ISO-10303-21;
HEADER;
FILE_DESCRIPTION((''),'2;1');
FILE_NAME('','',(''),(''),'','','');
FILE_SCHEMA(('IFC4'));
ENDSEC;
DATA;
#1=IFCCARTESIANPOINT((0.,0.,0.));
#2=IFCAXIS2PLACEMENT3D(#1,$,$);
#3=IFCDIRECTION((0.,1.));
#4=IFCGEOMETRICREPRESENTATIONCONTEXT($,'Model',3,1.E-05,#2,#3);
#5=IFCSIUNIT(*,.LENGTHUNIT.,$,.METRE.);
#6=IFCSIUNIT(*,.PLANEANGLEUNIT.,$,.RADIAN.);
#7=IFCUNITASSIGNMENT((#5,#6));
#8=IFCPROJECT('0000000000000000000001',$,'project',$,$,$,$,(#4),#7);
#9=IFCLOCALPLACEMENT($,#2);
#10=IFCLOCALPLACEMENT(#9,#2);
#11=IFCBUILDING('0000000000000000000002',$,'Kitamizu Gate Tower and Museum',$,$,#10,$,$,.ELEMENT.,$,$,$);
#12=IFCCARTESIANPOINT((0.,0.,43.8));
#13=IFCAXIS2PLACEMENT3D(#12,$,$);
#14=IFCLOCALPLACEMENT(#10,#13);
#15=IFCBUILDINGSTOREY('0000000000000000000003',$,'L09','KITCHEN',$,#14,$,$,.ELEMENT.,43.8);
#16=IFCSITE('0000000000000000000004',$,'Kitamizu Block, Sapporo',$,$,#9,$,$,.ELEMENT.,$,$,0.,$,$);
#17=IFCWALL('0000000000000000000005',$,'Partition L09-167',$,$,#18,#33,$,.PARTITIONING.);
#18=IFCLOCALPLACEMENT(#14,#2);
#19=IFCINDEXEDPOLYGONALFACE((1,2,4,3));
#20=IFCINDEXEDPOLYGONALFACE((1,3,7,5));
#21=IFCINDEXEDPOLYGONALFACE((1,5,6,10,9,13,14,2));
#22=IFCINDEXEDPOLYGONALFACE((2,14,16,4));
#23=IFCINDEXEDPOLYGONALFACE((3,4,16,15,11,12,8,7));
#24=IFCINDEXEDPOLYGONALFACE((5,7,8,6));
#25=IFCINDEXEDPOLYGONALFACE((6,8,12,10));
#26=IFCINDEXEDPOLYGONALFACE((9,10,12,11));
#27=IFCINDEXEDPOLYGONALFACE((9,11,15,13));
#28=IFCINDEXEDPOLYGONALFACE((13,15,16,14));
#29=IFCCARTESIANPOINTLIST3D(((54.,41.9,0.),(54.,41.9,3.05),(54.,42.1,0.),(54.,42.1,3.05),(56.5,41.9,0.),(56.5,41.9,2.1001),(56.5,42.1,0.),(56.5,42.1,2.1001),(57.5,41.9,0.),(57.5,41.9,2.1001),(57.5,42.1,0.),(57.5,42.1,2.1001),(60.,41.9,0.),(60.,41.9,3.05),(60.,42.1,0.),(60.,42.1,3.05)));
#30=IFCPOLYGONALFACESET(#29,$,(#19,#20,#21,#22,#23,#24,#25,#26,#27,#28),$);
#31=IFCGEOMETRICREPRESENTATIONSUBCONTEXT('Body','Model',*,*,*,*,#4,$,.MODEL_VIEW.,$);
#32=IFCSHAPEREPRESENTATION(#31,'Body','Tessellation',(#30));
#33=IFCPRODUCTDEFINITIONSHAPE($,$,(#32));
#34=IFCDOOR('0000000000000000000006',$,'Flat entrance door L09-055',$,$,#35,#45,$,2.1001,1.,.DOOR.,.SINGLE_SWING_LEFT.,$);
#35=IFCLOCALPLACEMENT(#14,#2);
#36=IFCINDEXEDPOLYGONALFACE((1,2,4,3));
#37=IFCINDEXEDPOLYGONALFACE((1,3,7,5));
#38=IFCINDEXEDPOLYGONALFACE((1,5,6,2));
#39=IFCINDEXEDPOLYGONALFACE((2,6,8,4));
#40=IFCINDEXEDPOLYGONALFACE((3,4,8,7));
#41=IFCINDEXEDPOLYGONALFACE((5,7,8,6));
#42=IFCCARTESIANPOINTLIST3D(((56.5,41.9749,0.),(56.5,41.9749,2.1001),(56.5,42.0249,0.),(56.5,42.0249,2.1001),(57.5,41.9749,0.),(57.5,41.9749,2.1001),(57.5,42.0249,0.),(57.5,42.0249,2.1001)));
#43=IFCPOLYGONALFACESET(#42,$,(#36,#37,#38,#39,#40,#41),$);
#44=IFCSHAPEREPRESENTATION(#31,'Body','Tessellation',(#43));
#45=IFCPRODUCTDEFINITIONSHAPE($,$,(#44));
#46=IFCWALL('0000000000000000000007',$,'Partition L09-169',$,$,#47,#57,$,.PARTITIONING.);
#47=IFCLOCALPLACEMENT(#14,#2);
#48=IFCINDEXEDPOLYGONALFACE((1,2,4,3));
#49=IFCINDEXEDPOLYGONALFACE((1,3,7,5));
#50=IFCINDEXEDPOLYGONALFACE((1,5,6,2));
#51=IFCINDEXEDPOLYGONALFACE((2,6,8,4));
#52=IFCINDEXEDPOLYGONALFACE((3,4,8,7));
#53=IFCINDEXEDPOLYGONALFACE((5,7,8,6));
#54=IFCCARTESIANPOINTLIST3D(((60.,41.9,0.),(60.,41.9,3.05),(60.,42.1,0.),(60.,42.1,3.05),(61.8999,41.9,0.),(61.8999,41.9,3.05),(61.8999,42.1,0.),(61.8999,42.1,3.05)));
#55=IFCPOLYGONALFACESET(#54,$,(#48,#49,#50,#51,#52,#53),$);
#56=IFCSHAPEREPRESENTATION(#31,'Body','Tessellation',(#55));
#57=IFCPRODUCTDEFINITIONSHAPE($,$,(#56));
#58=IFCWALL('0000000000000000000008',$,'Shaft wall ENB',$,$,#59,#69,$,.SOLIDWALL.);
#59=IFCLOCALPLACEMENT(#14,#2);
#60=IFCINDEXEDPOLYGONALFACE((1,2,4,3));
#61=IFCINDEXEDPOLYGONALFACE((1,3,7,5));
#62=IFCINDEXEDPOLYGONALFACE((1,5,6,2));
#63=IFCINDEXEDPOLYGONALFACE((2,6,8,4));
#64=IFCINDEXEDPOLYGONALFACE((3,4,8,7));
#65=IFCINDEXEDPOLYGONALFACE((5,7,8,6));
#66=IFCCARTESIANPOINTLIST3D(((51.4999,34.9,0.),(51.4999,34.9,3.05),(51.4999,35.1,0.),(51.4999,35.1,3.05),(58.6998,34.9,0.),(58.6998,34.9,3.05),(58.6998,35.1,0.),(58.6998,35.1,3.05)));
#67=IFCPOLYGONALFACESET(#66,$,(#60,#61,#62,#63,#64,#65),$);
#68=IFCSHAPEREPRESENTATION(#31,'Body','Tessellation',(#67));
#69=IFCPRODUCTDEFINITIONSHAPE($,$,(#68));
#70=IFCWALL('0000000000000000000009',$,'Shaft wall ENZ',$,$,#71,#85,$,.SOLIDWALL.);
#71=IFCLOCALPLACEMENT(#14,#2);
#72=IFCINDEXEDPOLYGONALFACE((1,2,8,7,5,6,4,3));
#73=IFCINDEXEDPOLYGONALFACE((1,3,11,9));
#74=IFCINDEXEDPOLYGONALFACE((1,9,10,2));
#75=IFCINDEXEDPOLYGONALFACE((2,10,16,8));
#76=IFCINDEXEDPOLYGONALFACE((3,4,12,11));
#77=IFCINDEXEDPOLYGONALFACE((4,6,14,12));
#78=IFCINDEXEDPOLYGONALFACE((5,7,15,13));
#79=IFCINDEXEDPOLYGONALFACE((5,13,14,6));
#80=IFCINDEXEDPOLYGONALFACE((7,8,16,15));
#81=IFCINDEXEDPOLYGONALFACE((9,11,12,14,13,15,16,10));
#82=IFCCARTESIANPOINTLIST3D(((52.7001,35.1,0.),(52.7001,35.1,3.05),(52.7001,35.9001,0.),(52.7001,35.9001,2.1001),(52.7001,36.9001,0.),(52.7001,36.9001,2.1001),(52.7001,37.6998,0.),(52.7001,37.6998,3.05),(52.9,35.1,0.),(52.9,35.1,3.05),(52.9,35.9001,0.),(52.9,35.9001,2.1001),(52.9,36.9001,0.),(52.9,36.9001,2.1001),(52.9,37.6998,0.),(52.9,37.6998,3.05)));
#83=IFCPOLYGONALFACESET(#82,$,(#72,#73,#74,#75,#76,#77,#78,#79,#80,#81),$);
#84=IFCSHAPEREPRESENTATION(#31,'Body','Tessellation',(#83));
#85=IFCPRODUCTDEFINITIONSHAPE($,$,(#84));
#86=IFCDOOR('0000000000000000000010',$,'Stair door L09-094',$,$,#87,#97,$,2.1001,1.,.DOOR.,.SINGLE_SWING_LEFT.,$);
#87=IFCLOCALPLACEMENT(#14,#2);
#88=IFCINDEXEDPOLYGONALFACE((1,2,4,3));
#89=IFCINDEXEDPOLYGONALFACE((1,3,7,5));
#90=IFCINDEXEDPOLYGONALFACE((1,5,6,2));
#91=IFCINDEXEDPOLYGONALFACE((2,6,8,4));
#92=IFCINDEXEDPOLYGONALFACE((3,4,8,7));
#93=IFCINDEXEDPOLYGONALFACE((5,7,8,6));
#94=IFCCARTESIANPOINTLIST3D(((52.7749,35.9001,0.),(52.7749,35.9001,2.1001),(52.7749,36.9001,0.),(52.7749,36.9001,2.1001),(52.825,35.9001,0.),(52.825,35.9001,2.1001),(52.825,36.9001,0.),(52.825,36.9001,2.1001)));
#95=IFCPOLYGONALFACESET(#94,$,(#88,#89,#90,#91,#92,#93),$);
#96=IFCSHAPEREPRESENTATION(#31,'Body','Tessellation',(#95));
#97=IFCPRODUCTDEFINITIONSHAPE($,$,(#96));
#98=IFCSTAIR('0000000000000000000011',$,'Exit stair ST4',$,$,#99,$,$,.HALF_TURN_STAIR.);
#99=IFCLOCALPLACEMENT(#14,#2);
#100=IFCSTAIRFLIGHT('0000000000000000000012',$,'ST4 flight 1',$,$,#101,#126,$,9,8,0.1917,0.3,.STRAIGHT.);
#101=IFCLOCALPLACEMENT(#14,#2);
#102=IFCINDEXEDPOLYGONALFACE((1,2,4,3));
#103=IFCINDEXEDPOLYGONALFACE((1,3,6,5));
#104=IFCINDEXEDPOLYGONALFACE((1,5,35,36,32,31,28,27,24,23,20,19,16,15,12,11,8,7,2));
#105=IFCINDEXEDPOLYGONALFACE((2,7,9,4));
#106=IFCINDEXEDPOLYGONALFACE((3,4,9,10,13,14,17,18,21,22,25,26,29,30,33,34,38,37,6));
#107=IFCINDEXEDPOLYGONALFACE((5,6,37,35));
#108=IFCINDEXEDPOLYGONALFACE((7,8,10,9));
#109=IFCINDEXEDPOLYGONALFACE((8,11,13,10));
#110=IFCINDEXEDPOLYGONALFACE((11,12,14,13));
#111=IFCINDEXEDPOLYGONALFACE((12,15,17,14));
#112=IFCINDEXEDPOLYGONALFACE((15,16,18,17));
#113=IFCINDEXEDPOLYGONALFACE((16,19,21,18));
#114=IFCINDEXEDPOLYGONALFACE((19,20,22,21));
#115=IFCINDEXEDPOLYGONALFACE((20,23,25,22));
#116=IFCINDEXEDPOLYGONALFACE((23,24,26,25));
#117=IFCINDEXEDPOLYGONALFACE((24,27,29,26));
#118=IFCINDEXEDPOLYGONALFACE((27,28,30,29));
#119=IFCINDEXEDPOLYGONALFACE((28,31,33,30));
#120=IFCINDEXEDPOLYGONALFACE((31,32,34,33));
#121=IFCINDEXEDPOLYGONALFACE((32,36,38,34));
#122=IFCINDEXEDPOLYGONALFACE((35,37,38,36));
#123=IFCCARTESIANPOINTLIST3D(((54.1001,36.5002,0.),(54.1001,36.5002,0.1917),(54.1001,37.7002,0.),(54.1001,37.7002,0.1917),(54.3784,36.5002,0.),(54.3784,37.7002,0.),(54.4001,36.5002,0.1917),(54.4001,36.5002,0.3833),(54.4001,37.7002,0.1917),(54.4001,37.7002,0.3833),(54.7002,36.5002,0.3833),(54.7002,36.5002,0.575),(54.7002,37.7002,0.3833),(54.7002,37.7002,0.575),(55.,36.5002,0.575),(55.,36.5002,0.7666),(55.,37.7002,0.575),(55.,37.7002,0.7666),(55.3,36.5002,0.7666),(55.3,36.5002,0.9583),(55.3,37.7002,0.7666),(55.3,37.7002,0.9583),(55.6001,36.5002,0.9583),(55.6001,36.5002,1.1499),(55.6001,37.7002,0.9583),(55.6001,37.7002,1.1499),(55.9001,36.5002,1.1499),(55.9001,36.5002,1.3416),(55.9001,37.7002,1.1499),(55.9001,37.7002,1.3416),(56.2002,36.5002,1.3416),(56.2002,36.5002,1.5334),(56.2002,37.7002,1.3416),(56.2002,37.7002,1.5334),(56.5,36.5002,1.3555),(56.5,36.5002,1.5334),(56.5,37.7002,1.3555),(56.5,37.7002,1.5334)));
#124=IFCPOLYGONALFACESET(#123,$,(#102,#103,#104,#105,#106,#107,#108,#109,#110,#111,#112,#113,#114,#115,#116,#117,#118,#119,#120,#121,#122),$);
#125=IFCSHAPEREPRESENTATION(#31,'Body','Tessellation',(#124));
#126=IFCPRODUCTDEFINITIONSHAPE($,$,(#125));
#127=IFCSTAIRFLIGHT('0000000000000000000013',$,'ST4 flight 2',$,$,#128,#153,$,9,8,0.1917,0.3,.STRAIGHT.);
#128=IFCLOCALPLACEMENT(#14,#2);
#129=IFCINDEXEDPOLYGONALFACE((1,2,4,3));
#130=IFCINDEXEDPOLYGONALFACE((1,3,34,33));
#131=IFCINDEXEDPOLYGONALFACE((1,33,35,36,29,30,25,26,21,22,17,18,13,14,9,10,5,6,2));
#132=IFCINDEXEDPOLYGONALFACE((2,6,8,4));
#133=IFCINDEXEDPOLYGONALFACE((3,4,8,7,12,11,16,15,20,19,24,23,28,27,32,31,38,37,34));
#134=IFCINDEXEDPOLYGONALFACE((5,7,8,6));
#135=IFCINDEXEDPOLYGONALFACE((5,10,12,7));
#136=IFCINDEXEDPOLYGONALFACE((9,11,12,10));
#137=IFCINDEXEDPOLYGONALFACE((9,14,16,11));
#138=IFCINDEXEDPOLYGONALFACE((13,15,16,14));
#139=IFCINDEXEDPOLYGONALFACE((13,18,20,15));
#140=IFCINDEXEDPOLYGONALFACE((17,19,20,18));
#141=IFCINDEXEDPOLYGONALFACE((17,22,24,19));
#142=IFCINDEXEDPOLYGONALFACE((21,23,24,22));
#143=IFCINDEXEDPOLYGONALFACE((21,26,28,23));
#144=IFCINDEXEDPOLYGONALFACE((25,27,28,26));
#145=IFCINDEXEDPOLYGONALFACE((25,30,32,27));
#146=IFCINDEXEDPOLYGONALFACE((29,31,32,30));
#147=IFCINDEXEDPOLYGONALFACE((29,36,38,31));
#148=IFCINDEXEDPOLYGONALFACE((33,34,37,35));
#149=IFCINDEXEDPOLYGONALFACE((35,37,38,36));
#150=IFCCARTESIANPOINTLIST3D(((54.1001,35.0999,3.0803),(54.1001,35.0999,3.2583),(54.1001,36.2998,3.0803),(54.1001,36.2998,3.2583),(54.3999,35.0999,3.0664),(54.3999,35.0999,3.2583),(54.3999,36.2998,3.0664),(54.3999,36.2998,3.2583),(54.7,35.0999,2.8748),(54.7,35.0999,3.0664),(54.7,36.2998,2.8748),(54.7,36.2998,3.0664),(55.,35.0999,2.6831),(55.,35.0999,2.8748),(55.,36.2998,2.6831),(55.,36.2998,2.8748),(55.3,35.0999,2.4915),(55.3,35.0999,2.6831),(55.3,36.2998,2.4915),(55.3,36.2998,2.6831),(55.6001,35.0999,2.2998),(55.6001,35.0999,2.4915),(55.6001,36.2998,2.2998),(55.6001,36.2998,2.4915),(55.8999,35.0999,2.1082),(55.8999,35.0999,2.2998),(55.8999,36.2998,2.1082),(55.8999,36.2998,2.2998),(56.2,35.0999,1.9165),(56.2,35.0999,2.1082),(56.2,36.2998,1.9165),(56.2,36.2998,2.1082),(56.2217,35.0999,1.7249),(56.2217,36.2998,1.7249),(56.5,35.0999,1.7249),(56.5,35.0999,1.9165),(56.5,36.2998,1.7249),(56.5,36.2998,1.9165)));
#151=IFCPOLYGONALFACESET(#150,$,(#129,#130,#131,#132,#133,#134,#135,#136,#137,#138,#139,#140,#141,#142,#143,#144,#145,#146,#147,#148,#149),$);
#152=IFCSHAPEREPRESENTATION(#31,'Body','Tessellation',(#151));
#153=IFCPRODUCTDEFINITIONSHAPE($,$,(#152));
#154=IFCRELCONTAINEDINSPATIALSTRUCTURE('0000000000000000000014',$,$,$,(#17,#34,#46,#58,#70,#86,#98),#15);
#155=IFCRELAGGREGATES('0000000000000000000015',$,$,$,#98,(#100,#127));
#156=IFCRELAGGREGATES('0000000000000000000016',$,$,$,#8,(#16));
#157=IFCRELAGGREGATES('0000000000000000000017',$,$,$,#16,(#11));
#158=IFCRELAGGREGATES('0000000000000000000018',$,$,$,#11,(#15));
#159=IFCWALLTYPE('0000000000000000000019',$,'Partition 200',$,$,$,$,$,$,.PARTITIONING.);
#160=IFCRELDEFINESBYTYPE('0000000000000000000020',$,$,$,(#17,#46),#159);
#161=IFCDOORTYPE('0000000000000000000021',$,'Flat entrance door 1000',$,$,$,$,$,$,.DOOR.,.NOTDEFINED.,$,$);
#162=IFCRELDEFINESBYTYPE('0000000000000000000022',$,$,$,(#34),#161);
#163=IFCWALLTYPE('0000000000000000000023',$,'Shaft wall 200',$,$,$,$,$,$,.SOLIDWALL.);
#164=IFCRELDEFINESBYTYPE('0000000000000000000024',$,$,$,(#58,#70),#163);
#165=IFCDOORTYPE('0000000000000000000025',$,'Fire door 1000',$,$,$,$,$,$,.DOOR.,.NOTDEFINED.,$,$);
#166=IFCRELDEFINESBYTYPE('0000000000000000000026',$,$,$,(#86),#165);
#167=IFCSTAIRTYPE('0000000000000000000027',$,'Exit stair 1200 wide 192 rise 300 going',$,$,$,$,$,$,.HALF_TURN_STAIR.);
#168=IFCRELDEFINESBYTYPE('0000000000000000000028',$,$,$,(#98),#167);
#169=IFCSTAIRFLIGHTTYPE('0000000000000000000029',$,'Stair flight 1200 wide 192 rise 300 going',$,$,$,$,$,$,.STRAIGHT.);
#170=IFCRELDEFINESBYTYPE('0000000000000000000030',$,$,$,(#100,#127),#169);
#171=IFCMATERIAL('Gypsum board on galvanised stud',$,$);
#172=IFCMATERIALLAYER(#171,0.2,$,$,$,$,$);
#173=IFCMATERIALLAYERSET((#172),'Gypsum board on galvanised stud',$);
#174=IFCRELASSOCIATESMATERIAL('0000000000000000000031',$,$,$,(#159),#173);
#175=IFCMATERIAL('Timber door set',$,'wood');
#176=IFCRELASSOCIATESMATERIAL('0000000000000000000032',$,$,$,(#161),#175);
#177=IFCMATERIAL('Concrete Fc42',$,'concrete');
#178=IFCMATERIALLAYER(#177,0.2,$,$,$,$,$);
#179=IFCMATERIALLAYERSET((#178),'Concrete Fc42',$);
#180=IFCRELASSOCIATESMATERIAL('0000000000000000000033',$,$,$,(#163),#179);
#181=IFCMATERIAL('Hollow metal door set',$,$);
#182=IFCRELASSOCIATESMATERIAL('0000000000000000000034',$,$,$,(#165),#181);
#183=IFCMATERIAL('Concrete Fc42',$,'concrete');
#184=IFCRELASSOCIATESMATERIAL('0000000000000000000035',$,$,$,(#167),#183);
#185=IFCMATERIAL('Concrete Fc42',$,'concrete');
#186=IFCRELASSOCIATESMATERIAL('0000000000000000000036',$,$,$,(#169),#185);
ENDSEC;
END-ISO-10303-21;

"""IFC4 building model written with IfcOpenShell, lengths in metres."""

from ifc_helpers import new_model, si_unit, direction, frame, frame_2d, origin, place, context, subcontext, project, spatial, polyline, rectangle, outline, extrude, material, layer, layer_set, type_object, element, fill, aggregate, save


model = new_model("IFC4")

# Units and contexts
model_context = context("Model", 3, precision=1e-05, world=origin(), true_north=direction((0.0, 1.0)))
body_context = subcontext(model_context, "Body", "Model", "MODEL_VIEW")
ifc_project = project(units=[si_unit("LENGTHUNIT", "METRE"), si_unit("PLANEANGLEUNIT", "RADIAN")], contexts=[model_context])

# Site, building, storey
site_placement = place(None, origin())
site = spatial("IfcSite", under=ifc_project, at=site_placement, Name="Kitamizu Block, Sapporo", CompositionType="ELEMENT", RefElevation=0.0)
building_placement = place(site_placement, origin())
building = spatial("IfcBuilding", under=site, at=building_placement, Name="Kitamizu Gate Tower and Museum", CompositionType="ELEMENT")
storey_placement = place(building_placement, frame((0.0, 0.0, 43.8)))
storey = spatial("IfcBuildingStorey", under=building, at=storey_placement, Name="L09", Description="KITCHEN", CompositionType="ELEMENT", Elevation=43.8)

# Wall, opening, door
ifc_material_1 = material(Name="Gypsum board on galvanised stud")
ifc_layer_1 = layer(ifc_material_1, 0.2)
ifc_layer_set_1 = layer_set([ifc_layer_1], Name="Gypsum board on galvanised stud")
wall_type_1 = type_object("IfcWallType", Name="Partition 200", PredefinedType="PARTITIONING", material=ifc_layer_set_1)
wall_1_placement = place(storey_placement, frame((54.0, 42.0, 0.0), z_axis=(0.0, 0.0, 1.0), x_axis=(1.0, 0.0, 0.0)))
wall_1 = element("IfcWall", 1, at=wall_1_placement, inside=storey, type_object=wall_type_1, Name="Partition L09-167", PredefinedType="PARTITIONING", context=body_context, shape_type="SweptSolid", body=[
    extrude(rectangle(XDim=6.0, YDim=0.2, at=frame_2d((3.0, 0.0))), origin(), (0.0, 0.0, 1.0), 3.05),
])
opening_1_placement = place(wall_1_placement, frame((2.5, 0.0, 0.0)))
opening_1 = element("IfcOpeningElement", 2, at=opening_1_placement, cuts=wall_1, PredefinedType="OPENING", context=body_context, shape_type="SweptSolid", body=[
    extrude(rectangle(XDim=1.0, YDim=2.1001, at=frame_2d((0.5, 1.05))), frame((0.0, 0.1099, 0.0), z_axis=(0.0, -1.0, 0.0), x_axis=(1.0, 0.0, 0.0)), (0.0, 0.0, 1.0), 0.22),
])
ifc_material_2 = material(Name="Timber door set", Category="wood")
door_type_1 = type_object("IfcDoorType", Name="Flat entrance door 1000", OperationType="NOTDEFINED", PredefinedType="DOOR", material=ifc_material_2)
door_1_placement = place(opening_1_placement, origin())
door_1 = element("IfcDoor", 3, at=door_1_placement, inside=storey, type_object=door_type_1, Name="Flat entrance door L09-055", OperationType="SINGLE_SWING_LEFT", OverallHeight=2.1001, OverallWidth=1.0, PredefinedType="DOOR", context=body_context, shape_type="SweptSolid", body=[
    extrude(rectangle(XDim=1.0, YDim=2.1001, at=frame_2d((0.5, 1.05))), frame((0.0, 0.0249, 0.0), z_axis=(0.0, -1.0, 0.0), x_axis=(1.0, 0.0, 0.0)), (0.0, 0.0, 1.0), 0.05),
])
fill(opening_1, door_1)

# Walls
wall_2_placement = place(storey_placement, frame((60.0, 42.0, 0.0), z_axis=(0.0, 0.0, 1.0), x_axis=(1.0, 0.0, 0.0)))
element("IfcWall", 4, at=wall_2_placement, inside=storey, type_object=wall_type_1, Name="Partition L09-169", PredefinedType="PARTITIONING", context=body_context, shape_type="SweptSolid", body=[
    extrude(rectangle(XDim=1.8999, YDim=0.2, at=frame_2d((0.95, 0.0))), origin(), (0.0, 0.0, 1.0), 3.05),
])
ifc_material_3 = material(Name="Concrete Fc42", Category="concrete")
ifc_layer_2 = layer(ifc_material_3, 0.2)
ifc_layer_set_2 = layer_set([ifc_layer_2], Name="Concrete Fc42")
wall_type_2 = type_object("IfcWallType", Name="Shaft wall 200", PredefinedType="SOLIDWALL", material=ifc_layer_set_2)
wall_3_placement = place(storey_placement, frame((58.7, 35.0, 0.0), z_axis=(0.0, 0.0, 1.0), x_axis=(-1.0, 0.0, 0.0)))
element("IfcWall", 5, at=wall_3_placement, inside=storey, type_object=wall_type_2, Name="Shaft wall ENB", PredefinedType="SOLIDWALL", context=body_context, shape_type="SweptSolid", body=[
    extrude(rectangle(XDim=7.2, YDim=0.2, at=frame_2d((3.6001, 0.0))), origin(), (0.0, 0.0, 1.0), 3.05),
])

# Wall, opening, door
wall_4_placement = place(storey_placement, frame((52.8, 35.1001, 0.0), z_axis=(0.0, 0.0, 1.0), x_axis=(0.0, 1.0, 0.0)))
wall_4 = element("IfcWall", 6, at=wall_4_placement, inside=storey, type_object=wall_type_2, Name="Shaft wall ENZ", PredefinedType="SOLIDWALL", context=body_context, shape_type="SweptSolid", body=[
    extrude(rectangle(XDim=2.5999, YDim=0.2, at=frame_2d((1.2998, 0.0))), origin(), (0.0, 0.0, 1.0), 3.05),
])
opening_2_placement = place(wall_4_placement, frame((0.8, 0.0, 0.0)))
opening_2 = element("IfcOpeningElement", 7, at=opening_2_placement, cuts=wall_4, PredefinedType="OPENING", context=body_context, shape_type="SweptSolid", body=[
    extrude(rectangle(XDim=1.0, YDim=2.1001, at=frame_2d((0.5, 1.05))), frame((0.0, 0.1099, 0.0), z_axis=(0.0, -1.0, 0.0), x_axis=(1.0, 0.0, 0.0)), (0.0, 0.0, 1.0), 0.22),
])
ifc_material_4 = material(Name="Hollow metal door set")
door_type_2 = type_object("IfcDoorType", Name="Fire door 1000", OperationType="NOTDEFINED", PredefinedType="DOOR", material=ifc_material_4)
door_2_placement = place(opening_2_placement, frame((1.0, 0.0, 0.0), x_axis=(-1.0, 0.0, 0.0)))
door_2 = element("IfcDoor", 8, at=door_2_placement, inside=storey, type_object=door_type_2, Name="Stair door L09-094", OperationType="SINGLE_SWING_LEFT", OverallHeight=2.1001, OverallWidth=1.0, PredefinedType="DOOR", context=body_context, shape_type="SweptSolid", body=[
    extrude(rectangle(XDim=1.0, YDim=2.1001, at=frame_2d((0.5, 1.05))), frame((0.0, 0.0249, 0.0), z_axis=(0.0, -1.0, 0.0), x_axis=(1.0, 0.0, 0.0)), (0.0, 0.0, 1.0), 0.05),
])
fill(opening_2, door_2)

# Stair, stair flights
ifc_material_5 = material(Name="Concrete Fc42", Category="concrete")
stair_type = type_object("IfcStairType", Name="Exit stair 1200 wide 192 rise 300 going", PredefinedType="HALF_TURN_STAIR", material=ifc_material_5)
stair_placement = place(storey_placement, origin())
stair = element("IfcStair", 9, at=stair_placement, inside=storey, type_object=stair_type, Name="Exit stair ST4", PredefinedType="HALF_TURN_STAIR")
ifc_material_6 = material(Name="Concrete Fc42", Category="concrete")
stair_flight_type = type_object("IfcStairFlightType", Name="Stair flight 1200 wide 192 rise 300 going", PredefinedType="STRAIGHT", material=ifc_material_6)
stair_flight_1_placement = place(storey_placement, frame((54.1001, 37.1001, 0.0), z_axis=(0.0, 0.0, 1.0), x_axis=(1.0, 0.0, 0.0)))
stair_flight_1 = element("IfcStairFlight", 10, at=stair_flight_1_placement, type_object=stair_flight_type, Name="ST4 flight 1", NumberOfRisers=9, NumberOfTreads=8, PredefinedType="STRAIGHT", RiserHeight=0.1917, TreadLength=0.3, context=body_context, shape_type="SweptSolid", body=[
    extrude(outline(polyline([(0.0, 0.0), (0.0, 0.1917), (0.3, 0.1917), (0.3, 0.3833), (0.6001, 0.3833), (0.6001, 0.575), (0.8999, 0.575), (0.8999, 0.7666), (1.2, 0.7666), (1.2, 0.9583), (1.5, 0.9583), (1.5, 1.1499), (1.8, 1.1499), (1.8, 1.3416), (2.1001, 1.3416), (2.1001, 1.5334), (2.3999, 1.5334), (2.3999, 1.7251), (2.3999, 1.3555), (0.2783, 0.0), (0.0, 0.0)])), frame((0.0, 0.6001, 0.0), z_axis=(0.0, -1.0, 0.0), x_axis=(1.0, 0.0, 0.0)), (0.0, 0.0, 1.0), 1.2),
])
stair_flight_2_placement = place(storey_placement, frame((56.5, 35.7, 1.7249), z_axis=(0.0, 0.0, 1.0), x_axis=(-1.0, 0.0, 0.0)))
stair_flight_2 = element("IfcStairFlight", 11, at=stair_flight_2_placement, type_object=stair_flight_type, Name="ST4 flight 2", NumberOfRisers=9, NumberOfTreads=8, PredefinedType="STRAIGHT", RiserHeight=0.1917, TreadLength=0.3, context=body_context, shape_type="SweptSolid", body=[
    extrude(outline(polyline([(0.0, 0.0), (0.0, 0.1917), (0.3, 0.1917), (0.3, 0.3833), (0.6001, 0.3833), (0.6001, 0.575), (0.8999, 0.575), (0.8999, 0.7666), (1.2, 0.7666), (1.2, 0.9583), (1.5, 0.9583), (1.5, 1.1499), (1.8, 1.1499), (1.8, 1.3416), (2.1001, 1.3416), (2.1001, 1.5334), (2.3999, 1.5334), (2.3999, 1.7251), (2.3999, 1.3555), (0.2783, 0.0), (0.0, 0.0)])), frame((0.0, 0.6001, 0.0), z_axis=(0.0, -1.0, 0.0), x_axis=(1.0, 0.0, 0.0)), (0.0, 0.0, 1.0), 1.2),
])
aggregate(stair, [stair_flight_1, stair_flight_2])

save(model, "model.ifc")
